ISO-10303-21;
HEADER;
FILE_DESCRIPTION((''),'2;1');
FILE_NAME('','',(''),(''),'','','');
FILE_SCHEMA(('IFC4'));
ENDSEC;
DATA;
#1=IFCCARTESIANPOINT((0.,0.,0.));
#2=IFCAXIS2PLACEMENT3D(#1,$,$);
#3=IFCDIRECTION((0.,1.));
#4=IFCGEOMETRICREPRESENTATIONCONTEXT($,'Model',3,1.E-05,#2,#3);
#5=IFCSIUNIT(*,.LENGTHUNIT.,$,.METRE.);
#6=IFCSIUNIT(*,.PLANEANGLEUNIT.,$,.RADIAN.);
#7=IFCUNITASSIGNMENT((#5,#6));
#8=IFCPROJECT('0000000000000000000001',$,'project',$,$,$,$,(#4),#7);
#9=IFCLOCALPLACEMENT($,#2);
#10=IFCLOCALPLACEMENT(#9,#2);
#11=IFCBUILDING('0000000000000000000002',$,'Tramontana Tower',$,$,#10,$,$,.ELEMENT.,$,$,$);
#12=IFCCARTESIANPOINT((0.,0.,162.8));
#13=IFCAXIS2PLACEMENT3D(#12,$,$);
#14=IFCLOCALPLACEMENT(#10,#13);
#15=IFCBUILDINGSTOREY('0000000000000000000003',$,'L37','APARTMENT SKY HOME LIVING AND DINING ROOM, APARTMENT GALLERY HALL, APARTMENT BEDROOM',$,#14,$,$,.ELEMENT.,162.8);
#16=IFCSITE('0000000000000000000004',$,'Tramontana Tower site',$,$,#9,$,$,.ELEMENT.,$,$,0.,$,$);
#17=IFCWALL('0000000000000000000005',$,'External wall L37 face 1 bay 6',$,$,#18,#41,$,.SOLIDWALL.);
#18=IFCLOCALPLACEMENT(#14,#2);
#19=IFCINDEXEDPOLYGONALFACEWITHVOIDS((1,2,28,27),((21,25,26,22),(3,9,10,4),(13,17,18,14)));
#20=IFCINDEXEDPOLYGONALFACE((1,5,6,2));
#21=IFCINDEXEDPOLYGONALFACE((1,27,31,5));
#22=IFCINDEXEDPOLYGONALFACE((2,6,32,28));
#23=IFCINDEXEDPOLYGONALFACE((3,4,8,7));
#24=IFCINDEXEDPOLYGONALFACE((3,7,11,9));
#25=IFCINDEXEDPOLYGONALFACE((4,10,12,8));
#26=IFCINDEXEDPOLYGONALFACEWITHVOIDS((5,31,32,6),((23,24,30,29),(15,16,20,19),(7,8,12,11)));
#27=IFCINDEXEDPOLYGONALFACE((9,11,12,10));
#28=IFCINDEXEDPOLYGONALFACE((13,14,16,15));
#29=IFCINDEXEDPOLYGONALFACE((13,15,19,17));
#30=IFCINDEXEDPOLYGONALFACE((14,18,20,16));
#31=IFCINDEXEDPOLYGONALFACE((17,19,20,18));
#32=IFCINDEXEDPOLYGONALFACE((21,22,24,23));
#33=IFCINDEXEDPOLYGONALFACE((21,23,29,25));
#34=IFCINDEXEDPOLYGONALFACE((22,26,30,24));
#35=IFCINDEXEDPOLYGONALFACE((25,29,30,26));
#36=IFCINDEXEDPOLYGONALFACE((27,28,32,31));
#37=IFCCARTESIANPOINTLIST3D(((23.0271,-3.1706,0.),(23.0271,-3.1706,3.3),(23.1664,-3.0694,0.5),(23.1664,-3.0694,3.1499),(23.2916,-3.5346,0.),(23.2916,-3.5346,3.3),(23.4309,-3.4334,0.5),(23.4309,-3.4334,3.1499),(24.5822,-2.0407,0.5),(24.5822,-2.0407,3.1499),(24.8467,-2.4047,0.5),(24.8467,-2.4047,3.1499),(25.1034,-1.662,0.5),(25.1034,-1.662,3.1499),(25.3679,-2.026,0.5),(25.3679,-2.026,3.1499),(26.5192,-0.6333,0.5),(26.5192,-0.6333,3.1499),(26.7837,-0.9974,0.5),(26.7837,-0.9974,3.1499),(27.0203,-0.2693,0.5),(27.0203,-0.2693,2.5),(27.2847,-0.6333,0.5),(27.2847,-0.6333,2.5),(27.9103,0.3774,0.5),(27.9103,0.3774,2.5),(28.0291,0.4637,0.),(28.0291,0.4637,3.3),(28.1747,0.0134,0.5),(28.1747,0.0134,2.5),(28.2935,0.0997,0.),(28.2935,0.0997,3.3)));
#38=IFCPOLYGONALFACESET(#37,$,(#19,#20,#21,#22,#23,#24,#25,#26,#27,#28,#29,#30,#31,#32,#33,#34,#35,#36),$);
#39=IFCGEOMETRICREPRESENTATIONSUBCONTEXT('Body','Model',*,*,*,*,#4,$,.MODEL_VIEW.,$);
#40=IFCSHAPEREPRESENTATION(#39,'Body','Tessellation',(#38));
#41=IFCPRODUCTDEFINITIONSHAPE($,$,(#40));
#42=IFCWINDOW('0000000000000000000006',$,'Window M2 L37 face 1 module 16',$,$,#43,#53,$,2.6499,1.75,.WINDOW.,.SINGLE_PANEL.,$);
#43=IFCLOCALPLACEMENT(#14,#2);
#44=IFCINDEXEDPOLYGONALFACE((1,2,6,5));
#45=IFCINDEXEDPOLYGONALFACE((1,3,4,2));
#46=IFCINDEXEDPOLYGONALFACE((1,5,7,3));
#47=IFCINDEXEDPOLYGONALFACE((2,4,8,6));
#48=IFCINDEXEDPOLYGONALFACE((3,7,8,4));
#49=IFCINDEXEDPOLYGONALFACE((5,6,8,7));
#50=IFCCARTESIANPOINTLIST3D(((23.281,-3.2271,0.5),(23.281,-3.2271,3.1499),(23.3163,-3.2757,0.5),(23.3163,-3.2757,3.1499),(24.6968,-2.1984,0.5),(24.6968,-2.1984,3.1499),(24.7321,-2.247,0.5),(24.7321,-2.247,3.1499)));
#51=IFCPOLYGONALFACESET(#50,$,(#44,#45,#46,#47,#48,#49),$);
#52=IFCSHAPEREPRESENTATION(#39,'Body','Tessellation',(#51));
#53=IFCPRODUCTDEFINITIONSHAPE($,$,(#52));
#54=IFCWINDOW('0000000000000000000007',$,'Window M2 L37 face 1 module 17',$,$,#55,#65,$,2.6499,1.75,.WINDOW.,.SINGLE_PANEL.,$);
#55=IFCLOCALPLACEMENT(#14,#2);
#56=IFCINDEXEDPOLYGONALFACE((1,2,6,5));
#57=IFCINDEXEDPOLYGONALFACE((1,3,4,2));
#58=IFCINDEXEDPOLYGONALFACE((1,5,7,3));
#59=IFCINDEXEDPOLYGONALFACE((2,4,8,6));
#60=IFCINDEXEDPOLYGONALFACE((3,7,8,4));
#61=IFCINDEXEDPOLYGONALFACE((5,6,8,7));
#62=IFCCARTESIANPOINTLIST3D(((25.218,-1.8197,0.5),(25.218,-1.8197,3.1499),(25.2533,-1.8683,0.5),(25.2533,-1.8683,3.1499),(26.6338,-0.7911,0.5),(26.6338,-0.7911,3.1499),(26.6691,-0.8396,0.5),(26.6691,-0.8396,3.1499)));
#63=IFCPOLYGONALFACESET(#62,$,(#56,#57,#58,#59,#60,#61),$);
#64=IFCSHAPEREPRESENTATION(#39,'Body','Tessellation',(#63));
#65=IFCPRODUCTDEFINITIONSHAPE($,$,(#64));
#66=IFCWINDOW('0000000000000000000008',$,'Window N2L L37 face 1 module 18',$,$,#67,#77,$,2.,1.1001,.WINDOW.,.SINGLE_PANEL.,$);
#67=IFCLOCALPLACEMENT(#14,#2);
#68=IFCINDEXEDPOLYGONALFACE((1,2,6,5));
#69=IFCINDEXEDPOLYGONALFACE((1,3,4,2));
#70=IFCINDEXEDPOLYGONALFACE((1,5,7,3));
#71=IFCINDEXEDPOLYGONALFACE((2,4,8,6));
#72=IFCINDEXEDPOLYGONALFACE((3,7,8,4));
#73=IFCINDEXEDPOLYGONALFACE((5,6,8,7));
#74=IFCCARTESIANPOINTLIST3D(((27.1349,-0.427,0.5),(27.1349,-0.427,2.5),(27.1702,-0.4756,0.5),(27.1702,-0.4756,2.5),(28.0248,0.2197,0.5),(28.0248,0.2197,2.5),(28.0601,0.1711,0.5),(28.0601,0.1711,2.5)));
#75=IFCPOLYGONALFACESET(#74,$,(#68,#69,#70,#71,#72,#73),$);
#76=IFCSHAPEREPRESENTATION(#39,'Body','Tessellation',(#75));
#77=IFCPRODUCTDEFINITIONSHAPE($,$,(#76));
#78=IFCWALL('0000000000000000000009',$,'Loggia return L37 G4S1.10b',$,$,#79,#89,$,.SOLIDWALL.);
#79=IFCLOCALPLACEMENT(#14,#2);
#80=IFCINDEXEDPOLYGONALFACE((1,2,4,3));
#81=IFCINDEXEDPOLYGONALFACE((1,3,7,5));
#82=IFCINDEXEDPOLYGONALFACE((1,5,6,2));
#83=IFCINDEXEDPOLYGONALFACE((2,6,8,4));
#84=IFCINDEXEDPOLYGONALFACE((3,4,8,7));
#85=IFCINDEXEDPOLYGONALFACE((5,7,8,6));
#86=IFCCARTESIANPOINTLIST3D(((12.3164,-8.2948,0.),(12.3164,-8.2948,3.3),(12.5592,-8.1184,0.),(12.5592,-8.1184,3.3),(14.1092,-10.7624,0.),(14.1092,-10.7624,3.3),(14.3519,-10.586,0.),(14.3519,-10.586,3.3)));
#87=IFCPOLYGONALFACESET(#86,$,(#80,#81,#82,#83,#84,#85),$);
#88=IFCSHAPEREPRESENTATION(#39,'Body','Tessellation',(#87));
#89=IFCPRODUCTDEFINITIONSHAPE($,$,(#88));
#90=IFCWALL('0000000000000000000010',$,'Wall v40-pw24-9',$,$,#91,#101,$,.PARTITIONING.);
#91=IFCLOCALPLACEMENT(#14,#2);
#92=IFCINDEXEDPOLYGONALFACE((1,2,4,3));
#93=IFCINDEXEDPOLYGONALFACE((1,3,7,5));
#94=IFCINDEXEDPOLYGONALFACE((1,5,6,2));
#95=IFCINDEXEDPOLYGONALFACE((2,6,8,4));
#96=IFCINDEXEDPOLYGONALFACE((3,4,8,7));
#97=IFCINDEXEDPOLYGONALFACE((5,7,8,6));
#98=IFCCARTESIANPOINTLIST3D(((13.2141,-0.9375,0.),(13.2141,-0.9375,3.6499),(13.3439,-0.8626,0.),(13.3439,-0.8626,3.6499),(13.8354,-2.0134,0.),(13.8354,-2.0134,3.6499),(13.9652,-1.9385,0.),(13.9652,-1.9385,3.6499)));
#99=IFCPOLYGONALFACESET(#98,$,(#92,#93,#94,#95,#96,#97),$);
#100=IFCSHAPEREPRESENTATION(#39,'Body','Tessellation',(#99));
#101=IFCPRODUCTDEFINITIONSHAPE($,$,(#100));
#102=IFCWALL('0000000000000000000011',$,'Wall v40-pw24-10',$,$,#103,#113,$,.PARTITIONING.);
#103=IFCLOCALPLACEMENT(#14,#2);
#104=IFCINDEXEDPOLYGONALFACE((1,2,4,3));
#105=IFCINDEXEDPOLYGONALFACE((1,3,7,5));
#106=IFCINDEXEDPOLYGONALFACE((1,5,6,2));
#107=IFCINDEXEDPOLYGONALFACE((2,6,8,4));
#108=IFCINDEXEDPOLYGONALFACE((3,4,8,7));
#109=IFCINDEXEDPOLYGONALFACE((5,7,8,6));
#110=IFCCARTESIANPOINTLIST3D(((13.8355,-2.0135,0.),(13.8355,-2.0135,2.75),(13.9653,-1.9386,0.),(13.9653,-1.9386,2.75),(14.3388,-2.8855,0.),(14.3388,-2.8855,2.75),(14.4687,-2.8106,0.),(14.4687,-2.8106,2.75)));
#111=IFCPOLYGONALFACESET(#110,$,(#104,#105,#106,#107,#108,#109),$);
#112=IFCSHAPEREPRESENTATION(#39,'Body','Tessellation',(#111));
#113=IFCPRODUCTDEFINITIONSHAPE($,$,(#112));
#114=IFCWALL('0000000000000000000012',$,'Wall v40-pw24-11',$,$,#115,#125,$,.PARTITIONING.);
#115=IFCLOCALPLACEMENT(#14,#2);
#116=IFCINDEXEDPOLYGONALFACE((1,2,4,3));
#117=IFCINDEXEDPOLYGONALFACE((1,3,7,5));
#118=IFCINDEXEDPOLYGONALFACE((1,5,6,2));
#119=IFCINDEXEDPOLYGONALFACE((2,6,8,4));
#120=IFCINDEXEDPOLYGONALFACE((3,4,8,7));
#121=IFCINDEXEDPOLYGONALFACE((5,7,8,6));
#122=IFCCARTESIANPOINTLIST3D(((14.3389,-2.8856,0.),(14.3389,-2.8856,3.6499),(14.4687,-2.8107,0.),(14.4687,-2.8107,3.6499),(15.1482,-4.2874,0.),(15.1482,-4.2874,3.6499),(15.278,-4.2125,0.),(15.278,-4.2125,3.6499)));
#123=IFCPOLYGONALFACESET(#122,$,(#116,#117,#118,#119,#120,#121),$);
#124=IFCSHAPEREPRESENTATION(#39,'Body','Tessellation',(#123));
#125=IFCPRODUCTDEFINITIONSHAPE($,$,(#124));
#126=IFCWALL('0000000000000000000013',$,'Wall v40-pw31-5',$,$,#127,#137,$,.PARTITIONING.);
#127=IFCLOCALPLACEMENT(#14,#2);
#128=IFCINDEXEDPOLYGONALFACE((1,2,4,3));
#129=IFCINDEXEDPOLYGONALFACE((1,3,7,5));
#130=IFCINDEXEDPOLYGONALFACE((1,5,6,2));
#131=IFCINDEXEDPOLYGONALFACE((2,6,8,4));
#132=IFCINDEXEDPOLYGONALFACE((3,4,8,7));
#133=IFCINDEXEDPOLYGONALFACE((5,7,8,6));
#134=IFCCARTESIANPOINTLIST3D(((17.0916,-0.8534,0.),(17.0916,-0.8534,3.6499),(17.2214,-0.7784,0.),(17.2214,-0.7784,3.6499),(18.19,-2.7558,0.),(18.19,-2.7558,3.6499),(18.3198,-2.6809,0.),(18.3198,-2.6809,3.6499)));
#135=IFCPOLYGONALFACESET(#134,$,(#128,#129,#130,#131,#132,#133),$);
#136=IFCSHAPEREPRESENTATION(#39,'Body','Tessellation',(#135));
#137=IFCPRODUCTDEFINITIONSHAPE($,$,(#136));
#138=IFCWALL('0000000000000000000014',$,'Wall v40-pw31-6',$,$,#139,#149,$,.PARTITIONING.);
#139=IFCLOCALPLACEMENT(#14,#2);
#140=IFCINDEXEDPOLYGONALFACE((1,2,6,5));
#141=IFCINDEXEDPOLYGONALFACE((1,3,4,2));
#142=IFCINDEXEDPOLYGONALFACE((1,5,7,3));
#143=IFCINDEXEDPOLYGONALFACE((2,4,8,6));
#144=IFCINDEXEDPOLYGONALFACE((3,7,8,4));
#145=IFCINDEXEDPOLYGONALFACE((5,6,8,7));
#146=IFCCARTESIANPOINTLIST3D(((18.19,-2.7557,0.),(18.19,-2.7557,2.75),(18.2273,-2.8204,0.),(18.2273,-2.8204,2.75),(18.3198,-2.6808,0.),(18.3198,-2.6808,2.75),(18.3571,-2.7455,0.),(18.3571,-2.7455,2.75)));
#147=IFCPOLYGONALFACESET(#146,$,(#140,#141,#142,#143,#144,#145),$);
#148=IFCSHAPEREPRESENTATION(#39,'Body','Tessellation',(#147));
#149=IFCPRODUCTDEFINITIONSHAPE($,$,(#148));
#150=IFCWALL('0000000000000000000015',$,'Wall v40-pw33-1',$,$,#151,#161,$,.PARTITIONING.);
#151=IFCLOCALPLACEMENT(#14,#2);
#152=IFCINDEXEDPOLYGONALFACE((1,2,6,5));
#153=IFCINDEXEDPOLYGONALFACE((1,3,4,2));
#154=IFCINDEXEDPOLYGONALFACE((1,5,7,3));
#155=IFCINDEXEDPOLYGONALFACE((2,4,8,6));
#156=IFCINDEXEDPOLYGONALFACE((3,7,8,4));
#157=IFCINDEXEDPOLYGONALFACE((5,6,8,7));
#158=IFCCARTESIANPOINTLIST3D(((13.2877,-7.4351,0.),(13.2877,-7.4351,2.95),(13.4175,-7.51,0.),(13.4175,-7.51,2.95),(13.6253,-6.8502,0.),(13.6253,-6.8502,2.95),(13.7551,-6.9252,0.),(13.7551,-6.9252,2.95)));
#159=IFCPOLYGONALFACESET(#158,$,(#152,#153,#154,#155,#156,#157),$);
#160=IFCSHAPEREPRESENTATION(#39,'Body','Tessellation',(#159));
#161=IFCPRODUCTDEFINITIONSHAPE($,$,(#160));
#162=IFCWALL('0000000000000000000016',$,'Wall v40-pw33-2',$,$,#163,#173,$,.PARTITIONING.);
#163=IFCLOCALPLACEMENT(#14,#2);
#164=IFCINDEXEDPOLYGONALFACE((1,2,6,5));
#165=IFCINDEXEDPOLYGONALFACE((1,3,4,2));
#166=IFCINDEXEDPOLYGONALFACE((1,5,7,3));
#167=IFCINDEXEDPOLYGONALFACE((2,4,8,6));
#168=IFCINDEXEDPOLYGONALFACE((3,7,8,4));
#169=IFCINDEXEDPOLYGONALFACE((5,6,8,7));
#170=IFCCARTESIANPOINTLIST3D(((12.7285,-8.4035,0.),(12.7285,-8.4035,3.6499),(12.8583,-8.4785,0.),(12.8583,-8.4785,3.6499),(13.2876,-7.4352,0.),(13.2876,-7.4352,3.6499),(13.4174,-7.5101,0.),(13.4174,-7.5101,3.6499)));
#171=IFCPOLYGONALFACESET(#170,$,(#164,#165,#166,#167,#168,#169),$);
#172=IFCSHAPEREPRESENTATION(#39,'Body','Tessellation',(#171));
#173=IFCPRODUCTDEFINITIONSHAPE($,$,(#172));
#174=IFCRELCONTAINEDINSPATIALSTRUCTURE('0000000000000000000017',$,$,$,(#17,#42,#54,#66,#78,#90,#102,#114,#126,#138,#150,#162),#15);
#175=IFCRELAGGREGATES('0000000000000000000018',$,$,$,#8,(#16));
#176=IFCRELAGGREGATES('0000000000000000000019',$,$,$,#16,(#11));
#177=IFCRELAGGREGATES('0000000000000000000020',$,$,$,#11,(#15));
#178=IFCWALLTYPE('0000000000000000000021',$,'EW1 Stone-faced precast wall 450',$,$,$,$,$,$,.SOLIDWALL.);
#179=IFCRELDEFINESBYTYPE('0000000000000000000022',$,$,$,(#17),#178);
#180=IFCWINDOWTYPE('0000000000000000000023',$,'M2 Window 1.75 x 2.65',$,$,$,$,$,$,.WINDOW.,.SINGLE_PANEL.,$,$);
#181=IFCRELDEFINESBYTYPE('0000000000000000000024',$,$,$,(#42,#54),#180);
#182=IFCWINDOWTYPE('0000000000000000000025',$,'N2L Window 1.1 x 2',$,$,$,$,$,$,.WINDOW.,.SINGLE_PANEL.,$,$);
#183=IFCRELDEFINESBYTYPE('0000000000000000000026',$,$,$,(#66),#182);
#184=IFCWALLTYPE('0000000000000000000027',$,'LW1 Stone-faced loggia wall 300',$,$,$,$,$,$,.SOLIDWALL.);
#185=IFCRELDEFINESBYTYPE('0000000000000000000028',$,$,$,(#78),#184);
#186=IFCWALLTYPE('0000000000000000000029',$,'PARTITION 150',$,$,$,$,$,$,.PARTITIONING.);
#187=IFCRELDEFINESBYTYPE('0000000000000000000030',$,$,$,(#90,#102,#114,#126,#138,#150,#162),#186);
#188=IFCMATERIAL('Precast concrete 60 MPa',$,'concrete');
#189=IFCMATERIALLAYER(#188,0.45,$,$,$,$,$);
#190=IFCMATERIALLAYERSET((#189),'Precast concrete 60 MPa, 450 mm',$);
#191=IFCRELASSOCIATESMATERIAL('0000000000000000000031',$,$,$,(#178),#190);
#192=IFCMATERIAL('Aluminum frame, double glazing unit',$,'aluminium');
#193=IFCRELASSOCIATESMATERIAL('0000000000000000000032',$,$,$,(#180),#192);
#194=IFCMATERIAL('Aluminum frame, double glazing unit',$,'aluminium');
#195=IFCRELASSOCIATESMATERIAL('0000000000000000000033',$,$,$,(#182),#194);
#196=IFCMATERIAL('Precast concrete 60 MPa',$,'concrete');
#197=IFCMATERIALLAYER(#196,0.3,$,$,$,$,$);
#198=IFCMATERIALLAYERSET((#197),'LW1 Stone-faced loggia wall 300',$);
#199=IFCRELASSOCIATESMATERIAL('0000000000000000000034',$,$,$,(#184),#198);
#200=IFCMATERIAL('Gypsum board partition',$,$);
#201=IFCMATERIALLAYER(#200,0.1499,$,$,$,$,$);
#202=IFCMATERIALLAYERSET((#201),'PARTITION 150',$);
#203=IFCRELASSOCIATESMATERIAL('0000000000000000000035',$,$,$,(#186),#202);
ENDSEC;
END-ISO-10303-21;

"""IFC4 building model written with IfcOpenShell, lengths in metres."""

from ifc_helpers import new_model, si_unit, direction, frame, frame_2d, origin, place, context, subcontext, project, spatial, rectangle, extrude, material, layer, layer_set, type_object, element, fill, save


model = new_model("IFC4")

# Units and contexts
model_context = context("Model", 3, precision=1e-05, world=origin(), true_north=direction((0.0, 1.0)))
body_context = subcontext(model_context, "Body", "Model", "MODEL_VIEW")
ifc_project = project(units=[si_unit("LENGTHUNIT", "METRE"), si_unit("PLANEANGLEUNIT", "RADIAN")], contexts=[model_context])

# Site, building, storey
site_placement = place(None, origin())
site = spatial("IfcSite", under=ifc_project, at=site_placement, Name="Tramontana Tower site", CompositionType="ELEMENT", RefElevation=0.0)
building_placement = place(site_placement, origin())
building = spatial("IfcBuilding", under=site, at=building_placement, Name="Tramontana Tower", CompositionType="ELEMENT")
storey_placement = place(building_placement, frame((0.0, 0.0, 162.8)))
storey = spatial("IfcBuildingStorey", under=building, at=storey_placement, Name="L37", Description="APARTMENT SKY HOME LIVING AND DINING ROOM, APARTMENT GALLERY HALL, APARTMENT BEDROOM", CompositionType="ELEMENT", Elevation=162.8)

# Shared definitions
ifc_material_1 = material(Name="Precast concrete 60 MPa", Category="concrete")
ifc_layer_1 = layer(ifc_material_1, 0.45)
ifc_layer_set_1 = layer_set([ifc_layer_1], Name="Precast concrete 60 MPa, 450 mm")
wall_type_1 = type_object("IfcWallType", Name="EW1 Stone-faced precast wall 450", PredefinedType="SOLIDWALL", material=ifc_layer_set_1)
ifc_material_2 = material(Name="Aluminum frame, double glazing unit", Category="aluminium")
window_type_1 = type_object("IfcWindowType", Name="M2 Window 1.75 x 2.65", PartitioningType="SINGLE_PANEL", PredefinedType="WINDOW", material=ifc_material_2)

# Wall, openings, windows
wall_1_placement = place(storey_placement, frame((23.1594, -3.3525, 0.0), z_axis=(0.0, 0.0, 1.0), x_axis=(0.809006, 0.587801, 0.0)))
wall_1 = element("IfcWall", 1, at=wall_1_placement, inside=storey, type_object=wall_type_1, Name="External wall L37 face 1 bay 6", PredefinedType="SOLIDWALL", context=body_context, shape_type="SweptSolid", body=[
    extrude(rectangle(XDim=6.1829, YDim=0.45, at=frame_2d((3.0913, 0.0))), origin(), (0.0, 0.0, 1.0), 3.3),
])
opening_1_placement = place(wall_1_placement, frame((0.1721, 0.0, 0.5)))
opening_1 = element("IfcOpeningElement", 2, at=opening_1_placement, cuts=wall_1, PredefinedType="OPENING", context=body_context, shape_type="SweptSolid", body=[
    extrude(rectangle(XDim=1.75, YDim=2.6499, at=frame_2d((0.875, 1.325))), frame((0.0, 0.2349, 0.0), z_axis=(0.0, -1.0, 0.0), x_axis=(1.0, 0.0, 0.0)), (0.0, 0.0, 1.0), 0.47),
])
opening_2_placement = place(wall_1_placement, frame((2.5664, 0.0, 0.5)))
opening_2 = element("IfcOpeningElement", 3, at=opening_2_placement, cuts=wall_1, PredefinedType="OPENING", context=body_context, shape_type="SweptSolid", body=[
    extrude(rectangle(XDim=1.75, YDim=2.6499, at=frame_2d((0.875, 1.325))), frame((0.0, 0.2349, 0.0), z_axis=(0.0, -1.0, 0.0), x_axis=(1.0, 0.0, 0.0)), (0.0, 0.0, 1.0), 0.47),
])
opening_3_placement = place(wall_1_placement, frame((4.9358, 0.0, 0.5)))
opening_3 = element("IfcOpeningElement", 4, at=opening_3_placement, cuts=wall_1, PredefinedType="OPENING", context=body_context, shape_type="SweptSolid", body=[
    extrude(rectangle(XDim=1.1001, YDim=2.0, at=frame_2d((0.55, 1.0))), frame((0.0, 0.2349, 0.0), z_axis=(0.0, -1.0, 0.0), x_axis=(1.0, 0.0, 0.0)), (0.0, 0.0, 1.0), 0.47),
])
window_1_placement = place(opening_1_placement, origin())
window_1 = element("IfcWindow", 5, at=window_1_placement, inside=storey, type_object=window_type_1, Name="Window M2 L37 face 1 module 16", OverallHeight=2.6499, OverallWidth=1.75, PartitioningType="SINGLE_PANEL", PredefinedType="WINDOW", context=body_context, shape_type="SweptSolid", body=[
    extrude(rectangle(XDim=1.75, YDim=2.6499, at=frame_2d((0.875, 1.325))), frame((0.0, 0.03, 0.0), z_axis=(0.0, -1.0, 0.0), x_axis=(1.0, 0.0, 0.0)), (0.0, 0.0, 1.0), 0.0601),
])
fill(opening_1, window_1)
window_2_placement = place(opening_2_placement, origin())
window_2 = element("IfcWindow", 6, at=window_2_placement, inside=storey, type_object=window_type_1, Name="Window M2 L37 face 1 module 17", OverallHeight=2.6499, OverallWidth=1.75, PartitioningType="SINGLE_PANEL", PredefinedType="WINDOW", context=body_context, shape_type="SweptSolid", body=[
    extrude(rectangle(XDim=1.75, YDim=2.6499, at=frame_2d((0.875, 1.325))), frame((0.0, 0.03, 0.0), z_axis=(0.0, -1.0, 0.0), x_axis=(1.0, 0.0, 0.0)), (0.0, 0.0, 1.0), 0.0601),
])
fill(opening_2, window_2)
ifc_material_3 = material(Name="Aluminum frame, double glazing unit", Category="aluminium")
window_type_2 = type_object("IfcWindowType", Name="N2L Window 1.1 x 2", PartitioningType="SINGLE_PANEL", PredefinedType="WINDOW", material=ifc_material_3)
window_3_placement = place(opening_3_placement, origin())
window_3 = element("IfcWindow", 7, at=window_3_placement, inside=storey, type_object=window_type_2, Name="Window N2L L37 face 1 module 18", OverallHeight=2.0, OverallWidth=1.1001, PartitioningType="SINGLE_PANEL", PredefinedType="WINDOW", context=body_context, shape_type="SweptSolid", body=[
    extrude(rectangle(XDim=1.1001, YDim=2.0, at=frame_2d((0.55, 1.0))), frame((0.0, 0.03, 0.0), z_axis=(0.0, -1.0, 0.0), x_axis=(1.0, 0.0, 0.0)), (0.0, 0.0, 1.0), 0.0601),
])
fill(opening_3, window_3)

# Walls
ifc_material_4 = material(Name="Precast concrete 60 MPa", Category="concrete")
ifc_layer_2 = layer(ifc_material_4, 0.3)
ifc_layer_set_2 = layer_set([ifc_layer_2], Name="LW1 Stone-faced loggia wall 300")
wall_type_2 = type_object("IfcWallType", Name="LW1 Stone-faced loggia wall 300", PredefinedType="SOLIDWALL", material=ifc_layer_set_2)
wall_2_placement = place(storey_placement, frame((14.2305, -10.6741, 0.0), z_axis=(0.0, 0.0, 1.0), x_axis=(-0.587777, 0.809023, 0.0)))
element("IfcWall", 8, at=wall_2_placement, inside=storey, type_object=wall_type_2, Name="Loggia return L37 G4S1.10b", PredefinedType="SOLIDWALL", context=body_context, shape_type="SweptSolid", body=[
    extrude(rectangle(XDim=3.05, YDim=0.3, at=frame_2d((1.5249, 0.0))), origin(), (0.0, 0.0, 1.0), 3.3),
])
ifc_material_5 = material(Name="Gypsum board partition")
ifc_layer_3 = layer(ifc_material_5, 0.1499)
ifc_layer_set_3 = layer_set([ifc_layer_3], Name="PARTITION 150")
wall_type_3 = type_object("IfcWallType", Name="PARTITION 150", PredefinedType="PARTITIONING", material=ifc_layer_set_3)
wall_3_placement = place(storey_placement, frame((13.2791, -0.9001, 0.0), z_axis=(0.0, 0.0, 1.0), x_axis=(0.500091, -0.865973, 0.0)))
element("IfcWall", 9, at=wall_3_placement, inside=storey, type_object=wall_type_3, Name="Wall v40-pw24-9", PredefinedType="PARTITIONING", context=body_context, shape_type="SweptSolid", body=[
    extrude(rectangle(XDim=1.2424, YDim=0.1499, at=frame_2d((0.6211, 0.0))), origin(), (0.0, 0.0, 1.0), 3.6499),
])
wall_4_placement = place(storey_placement, frame((13.9004, -1.9761, 0.0), z_axis=(0.0, 0.0, 1.0), x_axis=(0.499946, -0.866056, 0.0)))
element("IfcWall", 10, at=wall_4_placement, inside=storey, type_object=wall_type_3, Name="Wall v40-pw24-10", PredefinedType="PARTITIONING", context=body_context, shape_type="SweptSolid", body=[
    extrude(rectangle(XDim=1.0068, YDim=0.1499, at=frame_2d((0.5034, 0.0))), origin(), (0.0, 0.0, 1.0), 2.75),
])
wall_5_placement = place(storey_placement, frame((14.4038, -2.8481, 0.0), z_axis=(0.0, 0.0, 1.0), x_axis=(0.499984, -0.866035, 0.0)))
element("IfcWall", 11, at=wall_5_placement, inside=storey, type_object=wall_type_3, Name="Wall v40-pw24-11", PredefinedType="PARTITIONING", context=body_context, shape_type="SweptSolid", body=[
    extrude(rectangle(XDim=1.6187, YDim=0.1499, at=frame_2d((0.8093, 0.0))), origin(), (0.0, 0.0, 1.0), 3.6499),
])
wall_6_placement = place(storey_placement, frame((17.1565, -0.8159, 0.0), z_axis=(0.0, 0.0, 1.0), x_axis=(0.500024, -0.866012, 0.0)))
element("IfcWall", 12, at=wall_6_placement, inside=storey, type_object=wall_type_3, Name="Wall v40-pw31-5", PredefinedType="PARTITIONING", context=body_context, shape_type="SweptSolid", body=[
    extrude(rectangle(XDim=2.1968, YDim=0.1499, at=frame_2d((1.0984, 0.0))), origin(), (0.0, 0.0, 1.0), 3.6499),
])
wall_7_placement = place(storey_placement, frame((18.2549, -2.7183, 0.0), z_axis=(0.0, 0.0, 1.0), x_axis=(0.500005, -0.866022, 0.0)))
element("IfcWall", 13, at=wall_7_placement, inside=storey, type_object=wall_type_3, Name="Wall v40-pw31-6", PredefinedType="PARTITIONING", context=body_context, shape_type="SweptSolid", body=[
    extrude(rectangle(XDim=0.0747, YDim=0.1499, at=frame_2d((0.0374, 0.0))), origin(), (0.0, 0.0, 1.0), 2.75),
])

# Walls
wall_8_placement = place(storey_placement, frame((13.6902, -6.8877, 0.0), z_axis=(0.0, 0.0, 1.0), x_axis=(-0.49991, -0.866077, 0.0)))
element("IfcWall", 14, at=wall_8_placement, inside=storey, type_object=wall_type_3, Name="Wall v40-pw33-1", PredefinedType="PARTITIONING", context=body_context, shape_type="SweptSolid", body=[
    extrude(rectangle(XDim=0.6753, YDim=0.1499, at=frame_2d((0.3376, 0.0))), origin(), (0.0, 0.0, 1.0), 2.95),
])
wall_9_placement = place(storey_placement, frame((13.3525, -7.4727, 0.0), z_axis=(0.0, 0.0, 1.0), x_axis=(-0.500037, -0.866004, 0.0)))
element("IfcWall", 15, at=wall_9_placement, inside=storey, type_object=wall_type_3, Name="Wall v40-pw33-2", PredefinedType="PARTITIONING", context=body_context, shape_type="SweptSolid", body=[
    extrude(rectangle(XDim=1.1182, YDim=0.1499, at=frame_2d((0.5591, 0.0))), origin(), (0.0, 0.0, 1.0), 3.6499),
])

save(model, "model.ifc")
